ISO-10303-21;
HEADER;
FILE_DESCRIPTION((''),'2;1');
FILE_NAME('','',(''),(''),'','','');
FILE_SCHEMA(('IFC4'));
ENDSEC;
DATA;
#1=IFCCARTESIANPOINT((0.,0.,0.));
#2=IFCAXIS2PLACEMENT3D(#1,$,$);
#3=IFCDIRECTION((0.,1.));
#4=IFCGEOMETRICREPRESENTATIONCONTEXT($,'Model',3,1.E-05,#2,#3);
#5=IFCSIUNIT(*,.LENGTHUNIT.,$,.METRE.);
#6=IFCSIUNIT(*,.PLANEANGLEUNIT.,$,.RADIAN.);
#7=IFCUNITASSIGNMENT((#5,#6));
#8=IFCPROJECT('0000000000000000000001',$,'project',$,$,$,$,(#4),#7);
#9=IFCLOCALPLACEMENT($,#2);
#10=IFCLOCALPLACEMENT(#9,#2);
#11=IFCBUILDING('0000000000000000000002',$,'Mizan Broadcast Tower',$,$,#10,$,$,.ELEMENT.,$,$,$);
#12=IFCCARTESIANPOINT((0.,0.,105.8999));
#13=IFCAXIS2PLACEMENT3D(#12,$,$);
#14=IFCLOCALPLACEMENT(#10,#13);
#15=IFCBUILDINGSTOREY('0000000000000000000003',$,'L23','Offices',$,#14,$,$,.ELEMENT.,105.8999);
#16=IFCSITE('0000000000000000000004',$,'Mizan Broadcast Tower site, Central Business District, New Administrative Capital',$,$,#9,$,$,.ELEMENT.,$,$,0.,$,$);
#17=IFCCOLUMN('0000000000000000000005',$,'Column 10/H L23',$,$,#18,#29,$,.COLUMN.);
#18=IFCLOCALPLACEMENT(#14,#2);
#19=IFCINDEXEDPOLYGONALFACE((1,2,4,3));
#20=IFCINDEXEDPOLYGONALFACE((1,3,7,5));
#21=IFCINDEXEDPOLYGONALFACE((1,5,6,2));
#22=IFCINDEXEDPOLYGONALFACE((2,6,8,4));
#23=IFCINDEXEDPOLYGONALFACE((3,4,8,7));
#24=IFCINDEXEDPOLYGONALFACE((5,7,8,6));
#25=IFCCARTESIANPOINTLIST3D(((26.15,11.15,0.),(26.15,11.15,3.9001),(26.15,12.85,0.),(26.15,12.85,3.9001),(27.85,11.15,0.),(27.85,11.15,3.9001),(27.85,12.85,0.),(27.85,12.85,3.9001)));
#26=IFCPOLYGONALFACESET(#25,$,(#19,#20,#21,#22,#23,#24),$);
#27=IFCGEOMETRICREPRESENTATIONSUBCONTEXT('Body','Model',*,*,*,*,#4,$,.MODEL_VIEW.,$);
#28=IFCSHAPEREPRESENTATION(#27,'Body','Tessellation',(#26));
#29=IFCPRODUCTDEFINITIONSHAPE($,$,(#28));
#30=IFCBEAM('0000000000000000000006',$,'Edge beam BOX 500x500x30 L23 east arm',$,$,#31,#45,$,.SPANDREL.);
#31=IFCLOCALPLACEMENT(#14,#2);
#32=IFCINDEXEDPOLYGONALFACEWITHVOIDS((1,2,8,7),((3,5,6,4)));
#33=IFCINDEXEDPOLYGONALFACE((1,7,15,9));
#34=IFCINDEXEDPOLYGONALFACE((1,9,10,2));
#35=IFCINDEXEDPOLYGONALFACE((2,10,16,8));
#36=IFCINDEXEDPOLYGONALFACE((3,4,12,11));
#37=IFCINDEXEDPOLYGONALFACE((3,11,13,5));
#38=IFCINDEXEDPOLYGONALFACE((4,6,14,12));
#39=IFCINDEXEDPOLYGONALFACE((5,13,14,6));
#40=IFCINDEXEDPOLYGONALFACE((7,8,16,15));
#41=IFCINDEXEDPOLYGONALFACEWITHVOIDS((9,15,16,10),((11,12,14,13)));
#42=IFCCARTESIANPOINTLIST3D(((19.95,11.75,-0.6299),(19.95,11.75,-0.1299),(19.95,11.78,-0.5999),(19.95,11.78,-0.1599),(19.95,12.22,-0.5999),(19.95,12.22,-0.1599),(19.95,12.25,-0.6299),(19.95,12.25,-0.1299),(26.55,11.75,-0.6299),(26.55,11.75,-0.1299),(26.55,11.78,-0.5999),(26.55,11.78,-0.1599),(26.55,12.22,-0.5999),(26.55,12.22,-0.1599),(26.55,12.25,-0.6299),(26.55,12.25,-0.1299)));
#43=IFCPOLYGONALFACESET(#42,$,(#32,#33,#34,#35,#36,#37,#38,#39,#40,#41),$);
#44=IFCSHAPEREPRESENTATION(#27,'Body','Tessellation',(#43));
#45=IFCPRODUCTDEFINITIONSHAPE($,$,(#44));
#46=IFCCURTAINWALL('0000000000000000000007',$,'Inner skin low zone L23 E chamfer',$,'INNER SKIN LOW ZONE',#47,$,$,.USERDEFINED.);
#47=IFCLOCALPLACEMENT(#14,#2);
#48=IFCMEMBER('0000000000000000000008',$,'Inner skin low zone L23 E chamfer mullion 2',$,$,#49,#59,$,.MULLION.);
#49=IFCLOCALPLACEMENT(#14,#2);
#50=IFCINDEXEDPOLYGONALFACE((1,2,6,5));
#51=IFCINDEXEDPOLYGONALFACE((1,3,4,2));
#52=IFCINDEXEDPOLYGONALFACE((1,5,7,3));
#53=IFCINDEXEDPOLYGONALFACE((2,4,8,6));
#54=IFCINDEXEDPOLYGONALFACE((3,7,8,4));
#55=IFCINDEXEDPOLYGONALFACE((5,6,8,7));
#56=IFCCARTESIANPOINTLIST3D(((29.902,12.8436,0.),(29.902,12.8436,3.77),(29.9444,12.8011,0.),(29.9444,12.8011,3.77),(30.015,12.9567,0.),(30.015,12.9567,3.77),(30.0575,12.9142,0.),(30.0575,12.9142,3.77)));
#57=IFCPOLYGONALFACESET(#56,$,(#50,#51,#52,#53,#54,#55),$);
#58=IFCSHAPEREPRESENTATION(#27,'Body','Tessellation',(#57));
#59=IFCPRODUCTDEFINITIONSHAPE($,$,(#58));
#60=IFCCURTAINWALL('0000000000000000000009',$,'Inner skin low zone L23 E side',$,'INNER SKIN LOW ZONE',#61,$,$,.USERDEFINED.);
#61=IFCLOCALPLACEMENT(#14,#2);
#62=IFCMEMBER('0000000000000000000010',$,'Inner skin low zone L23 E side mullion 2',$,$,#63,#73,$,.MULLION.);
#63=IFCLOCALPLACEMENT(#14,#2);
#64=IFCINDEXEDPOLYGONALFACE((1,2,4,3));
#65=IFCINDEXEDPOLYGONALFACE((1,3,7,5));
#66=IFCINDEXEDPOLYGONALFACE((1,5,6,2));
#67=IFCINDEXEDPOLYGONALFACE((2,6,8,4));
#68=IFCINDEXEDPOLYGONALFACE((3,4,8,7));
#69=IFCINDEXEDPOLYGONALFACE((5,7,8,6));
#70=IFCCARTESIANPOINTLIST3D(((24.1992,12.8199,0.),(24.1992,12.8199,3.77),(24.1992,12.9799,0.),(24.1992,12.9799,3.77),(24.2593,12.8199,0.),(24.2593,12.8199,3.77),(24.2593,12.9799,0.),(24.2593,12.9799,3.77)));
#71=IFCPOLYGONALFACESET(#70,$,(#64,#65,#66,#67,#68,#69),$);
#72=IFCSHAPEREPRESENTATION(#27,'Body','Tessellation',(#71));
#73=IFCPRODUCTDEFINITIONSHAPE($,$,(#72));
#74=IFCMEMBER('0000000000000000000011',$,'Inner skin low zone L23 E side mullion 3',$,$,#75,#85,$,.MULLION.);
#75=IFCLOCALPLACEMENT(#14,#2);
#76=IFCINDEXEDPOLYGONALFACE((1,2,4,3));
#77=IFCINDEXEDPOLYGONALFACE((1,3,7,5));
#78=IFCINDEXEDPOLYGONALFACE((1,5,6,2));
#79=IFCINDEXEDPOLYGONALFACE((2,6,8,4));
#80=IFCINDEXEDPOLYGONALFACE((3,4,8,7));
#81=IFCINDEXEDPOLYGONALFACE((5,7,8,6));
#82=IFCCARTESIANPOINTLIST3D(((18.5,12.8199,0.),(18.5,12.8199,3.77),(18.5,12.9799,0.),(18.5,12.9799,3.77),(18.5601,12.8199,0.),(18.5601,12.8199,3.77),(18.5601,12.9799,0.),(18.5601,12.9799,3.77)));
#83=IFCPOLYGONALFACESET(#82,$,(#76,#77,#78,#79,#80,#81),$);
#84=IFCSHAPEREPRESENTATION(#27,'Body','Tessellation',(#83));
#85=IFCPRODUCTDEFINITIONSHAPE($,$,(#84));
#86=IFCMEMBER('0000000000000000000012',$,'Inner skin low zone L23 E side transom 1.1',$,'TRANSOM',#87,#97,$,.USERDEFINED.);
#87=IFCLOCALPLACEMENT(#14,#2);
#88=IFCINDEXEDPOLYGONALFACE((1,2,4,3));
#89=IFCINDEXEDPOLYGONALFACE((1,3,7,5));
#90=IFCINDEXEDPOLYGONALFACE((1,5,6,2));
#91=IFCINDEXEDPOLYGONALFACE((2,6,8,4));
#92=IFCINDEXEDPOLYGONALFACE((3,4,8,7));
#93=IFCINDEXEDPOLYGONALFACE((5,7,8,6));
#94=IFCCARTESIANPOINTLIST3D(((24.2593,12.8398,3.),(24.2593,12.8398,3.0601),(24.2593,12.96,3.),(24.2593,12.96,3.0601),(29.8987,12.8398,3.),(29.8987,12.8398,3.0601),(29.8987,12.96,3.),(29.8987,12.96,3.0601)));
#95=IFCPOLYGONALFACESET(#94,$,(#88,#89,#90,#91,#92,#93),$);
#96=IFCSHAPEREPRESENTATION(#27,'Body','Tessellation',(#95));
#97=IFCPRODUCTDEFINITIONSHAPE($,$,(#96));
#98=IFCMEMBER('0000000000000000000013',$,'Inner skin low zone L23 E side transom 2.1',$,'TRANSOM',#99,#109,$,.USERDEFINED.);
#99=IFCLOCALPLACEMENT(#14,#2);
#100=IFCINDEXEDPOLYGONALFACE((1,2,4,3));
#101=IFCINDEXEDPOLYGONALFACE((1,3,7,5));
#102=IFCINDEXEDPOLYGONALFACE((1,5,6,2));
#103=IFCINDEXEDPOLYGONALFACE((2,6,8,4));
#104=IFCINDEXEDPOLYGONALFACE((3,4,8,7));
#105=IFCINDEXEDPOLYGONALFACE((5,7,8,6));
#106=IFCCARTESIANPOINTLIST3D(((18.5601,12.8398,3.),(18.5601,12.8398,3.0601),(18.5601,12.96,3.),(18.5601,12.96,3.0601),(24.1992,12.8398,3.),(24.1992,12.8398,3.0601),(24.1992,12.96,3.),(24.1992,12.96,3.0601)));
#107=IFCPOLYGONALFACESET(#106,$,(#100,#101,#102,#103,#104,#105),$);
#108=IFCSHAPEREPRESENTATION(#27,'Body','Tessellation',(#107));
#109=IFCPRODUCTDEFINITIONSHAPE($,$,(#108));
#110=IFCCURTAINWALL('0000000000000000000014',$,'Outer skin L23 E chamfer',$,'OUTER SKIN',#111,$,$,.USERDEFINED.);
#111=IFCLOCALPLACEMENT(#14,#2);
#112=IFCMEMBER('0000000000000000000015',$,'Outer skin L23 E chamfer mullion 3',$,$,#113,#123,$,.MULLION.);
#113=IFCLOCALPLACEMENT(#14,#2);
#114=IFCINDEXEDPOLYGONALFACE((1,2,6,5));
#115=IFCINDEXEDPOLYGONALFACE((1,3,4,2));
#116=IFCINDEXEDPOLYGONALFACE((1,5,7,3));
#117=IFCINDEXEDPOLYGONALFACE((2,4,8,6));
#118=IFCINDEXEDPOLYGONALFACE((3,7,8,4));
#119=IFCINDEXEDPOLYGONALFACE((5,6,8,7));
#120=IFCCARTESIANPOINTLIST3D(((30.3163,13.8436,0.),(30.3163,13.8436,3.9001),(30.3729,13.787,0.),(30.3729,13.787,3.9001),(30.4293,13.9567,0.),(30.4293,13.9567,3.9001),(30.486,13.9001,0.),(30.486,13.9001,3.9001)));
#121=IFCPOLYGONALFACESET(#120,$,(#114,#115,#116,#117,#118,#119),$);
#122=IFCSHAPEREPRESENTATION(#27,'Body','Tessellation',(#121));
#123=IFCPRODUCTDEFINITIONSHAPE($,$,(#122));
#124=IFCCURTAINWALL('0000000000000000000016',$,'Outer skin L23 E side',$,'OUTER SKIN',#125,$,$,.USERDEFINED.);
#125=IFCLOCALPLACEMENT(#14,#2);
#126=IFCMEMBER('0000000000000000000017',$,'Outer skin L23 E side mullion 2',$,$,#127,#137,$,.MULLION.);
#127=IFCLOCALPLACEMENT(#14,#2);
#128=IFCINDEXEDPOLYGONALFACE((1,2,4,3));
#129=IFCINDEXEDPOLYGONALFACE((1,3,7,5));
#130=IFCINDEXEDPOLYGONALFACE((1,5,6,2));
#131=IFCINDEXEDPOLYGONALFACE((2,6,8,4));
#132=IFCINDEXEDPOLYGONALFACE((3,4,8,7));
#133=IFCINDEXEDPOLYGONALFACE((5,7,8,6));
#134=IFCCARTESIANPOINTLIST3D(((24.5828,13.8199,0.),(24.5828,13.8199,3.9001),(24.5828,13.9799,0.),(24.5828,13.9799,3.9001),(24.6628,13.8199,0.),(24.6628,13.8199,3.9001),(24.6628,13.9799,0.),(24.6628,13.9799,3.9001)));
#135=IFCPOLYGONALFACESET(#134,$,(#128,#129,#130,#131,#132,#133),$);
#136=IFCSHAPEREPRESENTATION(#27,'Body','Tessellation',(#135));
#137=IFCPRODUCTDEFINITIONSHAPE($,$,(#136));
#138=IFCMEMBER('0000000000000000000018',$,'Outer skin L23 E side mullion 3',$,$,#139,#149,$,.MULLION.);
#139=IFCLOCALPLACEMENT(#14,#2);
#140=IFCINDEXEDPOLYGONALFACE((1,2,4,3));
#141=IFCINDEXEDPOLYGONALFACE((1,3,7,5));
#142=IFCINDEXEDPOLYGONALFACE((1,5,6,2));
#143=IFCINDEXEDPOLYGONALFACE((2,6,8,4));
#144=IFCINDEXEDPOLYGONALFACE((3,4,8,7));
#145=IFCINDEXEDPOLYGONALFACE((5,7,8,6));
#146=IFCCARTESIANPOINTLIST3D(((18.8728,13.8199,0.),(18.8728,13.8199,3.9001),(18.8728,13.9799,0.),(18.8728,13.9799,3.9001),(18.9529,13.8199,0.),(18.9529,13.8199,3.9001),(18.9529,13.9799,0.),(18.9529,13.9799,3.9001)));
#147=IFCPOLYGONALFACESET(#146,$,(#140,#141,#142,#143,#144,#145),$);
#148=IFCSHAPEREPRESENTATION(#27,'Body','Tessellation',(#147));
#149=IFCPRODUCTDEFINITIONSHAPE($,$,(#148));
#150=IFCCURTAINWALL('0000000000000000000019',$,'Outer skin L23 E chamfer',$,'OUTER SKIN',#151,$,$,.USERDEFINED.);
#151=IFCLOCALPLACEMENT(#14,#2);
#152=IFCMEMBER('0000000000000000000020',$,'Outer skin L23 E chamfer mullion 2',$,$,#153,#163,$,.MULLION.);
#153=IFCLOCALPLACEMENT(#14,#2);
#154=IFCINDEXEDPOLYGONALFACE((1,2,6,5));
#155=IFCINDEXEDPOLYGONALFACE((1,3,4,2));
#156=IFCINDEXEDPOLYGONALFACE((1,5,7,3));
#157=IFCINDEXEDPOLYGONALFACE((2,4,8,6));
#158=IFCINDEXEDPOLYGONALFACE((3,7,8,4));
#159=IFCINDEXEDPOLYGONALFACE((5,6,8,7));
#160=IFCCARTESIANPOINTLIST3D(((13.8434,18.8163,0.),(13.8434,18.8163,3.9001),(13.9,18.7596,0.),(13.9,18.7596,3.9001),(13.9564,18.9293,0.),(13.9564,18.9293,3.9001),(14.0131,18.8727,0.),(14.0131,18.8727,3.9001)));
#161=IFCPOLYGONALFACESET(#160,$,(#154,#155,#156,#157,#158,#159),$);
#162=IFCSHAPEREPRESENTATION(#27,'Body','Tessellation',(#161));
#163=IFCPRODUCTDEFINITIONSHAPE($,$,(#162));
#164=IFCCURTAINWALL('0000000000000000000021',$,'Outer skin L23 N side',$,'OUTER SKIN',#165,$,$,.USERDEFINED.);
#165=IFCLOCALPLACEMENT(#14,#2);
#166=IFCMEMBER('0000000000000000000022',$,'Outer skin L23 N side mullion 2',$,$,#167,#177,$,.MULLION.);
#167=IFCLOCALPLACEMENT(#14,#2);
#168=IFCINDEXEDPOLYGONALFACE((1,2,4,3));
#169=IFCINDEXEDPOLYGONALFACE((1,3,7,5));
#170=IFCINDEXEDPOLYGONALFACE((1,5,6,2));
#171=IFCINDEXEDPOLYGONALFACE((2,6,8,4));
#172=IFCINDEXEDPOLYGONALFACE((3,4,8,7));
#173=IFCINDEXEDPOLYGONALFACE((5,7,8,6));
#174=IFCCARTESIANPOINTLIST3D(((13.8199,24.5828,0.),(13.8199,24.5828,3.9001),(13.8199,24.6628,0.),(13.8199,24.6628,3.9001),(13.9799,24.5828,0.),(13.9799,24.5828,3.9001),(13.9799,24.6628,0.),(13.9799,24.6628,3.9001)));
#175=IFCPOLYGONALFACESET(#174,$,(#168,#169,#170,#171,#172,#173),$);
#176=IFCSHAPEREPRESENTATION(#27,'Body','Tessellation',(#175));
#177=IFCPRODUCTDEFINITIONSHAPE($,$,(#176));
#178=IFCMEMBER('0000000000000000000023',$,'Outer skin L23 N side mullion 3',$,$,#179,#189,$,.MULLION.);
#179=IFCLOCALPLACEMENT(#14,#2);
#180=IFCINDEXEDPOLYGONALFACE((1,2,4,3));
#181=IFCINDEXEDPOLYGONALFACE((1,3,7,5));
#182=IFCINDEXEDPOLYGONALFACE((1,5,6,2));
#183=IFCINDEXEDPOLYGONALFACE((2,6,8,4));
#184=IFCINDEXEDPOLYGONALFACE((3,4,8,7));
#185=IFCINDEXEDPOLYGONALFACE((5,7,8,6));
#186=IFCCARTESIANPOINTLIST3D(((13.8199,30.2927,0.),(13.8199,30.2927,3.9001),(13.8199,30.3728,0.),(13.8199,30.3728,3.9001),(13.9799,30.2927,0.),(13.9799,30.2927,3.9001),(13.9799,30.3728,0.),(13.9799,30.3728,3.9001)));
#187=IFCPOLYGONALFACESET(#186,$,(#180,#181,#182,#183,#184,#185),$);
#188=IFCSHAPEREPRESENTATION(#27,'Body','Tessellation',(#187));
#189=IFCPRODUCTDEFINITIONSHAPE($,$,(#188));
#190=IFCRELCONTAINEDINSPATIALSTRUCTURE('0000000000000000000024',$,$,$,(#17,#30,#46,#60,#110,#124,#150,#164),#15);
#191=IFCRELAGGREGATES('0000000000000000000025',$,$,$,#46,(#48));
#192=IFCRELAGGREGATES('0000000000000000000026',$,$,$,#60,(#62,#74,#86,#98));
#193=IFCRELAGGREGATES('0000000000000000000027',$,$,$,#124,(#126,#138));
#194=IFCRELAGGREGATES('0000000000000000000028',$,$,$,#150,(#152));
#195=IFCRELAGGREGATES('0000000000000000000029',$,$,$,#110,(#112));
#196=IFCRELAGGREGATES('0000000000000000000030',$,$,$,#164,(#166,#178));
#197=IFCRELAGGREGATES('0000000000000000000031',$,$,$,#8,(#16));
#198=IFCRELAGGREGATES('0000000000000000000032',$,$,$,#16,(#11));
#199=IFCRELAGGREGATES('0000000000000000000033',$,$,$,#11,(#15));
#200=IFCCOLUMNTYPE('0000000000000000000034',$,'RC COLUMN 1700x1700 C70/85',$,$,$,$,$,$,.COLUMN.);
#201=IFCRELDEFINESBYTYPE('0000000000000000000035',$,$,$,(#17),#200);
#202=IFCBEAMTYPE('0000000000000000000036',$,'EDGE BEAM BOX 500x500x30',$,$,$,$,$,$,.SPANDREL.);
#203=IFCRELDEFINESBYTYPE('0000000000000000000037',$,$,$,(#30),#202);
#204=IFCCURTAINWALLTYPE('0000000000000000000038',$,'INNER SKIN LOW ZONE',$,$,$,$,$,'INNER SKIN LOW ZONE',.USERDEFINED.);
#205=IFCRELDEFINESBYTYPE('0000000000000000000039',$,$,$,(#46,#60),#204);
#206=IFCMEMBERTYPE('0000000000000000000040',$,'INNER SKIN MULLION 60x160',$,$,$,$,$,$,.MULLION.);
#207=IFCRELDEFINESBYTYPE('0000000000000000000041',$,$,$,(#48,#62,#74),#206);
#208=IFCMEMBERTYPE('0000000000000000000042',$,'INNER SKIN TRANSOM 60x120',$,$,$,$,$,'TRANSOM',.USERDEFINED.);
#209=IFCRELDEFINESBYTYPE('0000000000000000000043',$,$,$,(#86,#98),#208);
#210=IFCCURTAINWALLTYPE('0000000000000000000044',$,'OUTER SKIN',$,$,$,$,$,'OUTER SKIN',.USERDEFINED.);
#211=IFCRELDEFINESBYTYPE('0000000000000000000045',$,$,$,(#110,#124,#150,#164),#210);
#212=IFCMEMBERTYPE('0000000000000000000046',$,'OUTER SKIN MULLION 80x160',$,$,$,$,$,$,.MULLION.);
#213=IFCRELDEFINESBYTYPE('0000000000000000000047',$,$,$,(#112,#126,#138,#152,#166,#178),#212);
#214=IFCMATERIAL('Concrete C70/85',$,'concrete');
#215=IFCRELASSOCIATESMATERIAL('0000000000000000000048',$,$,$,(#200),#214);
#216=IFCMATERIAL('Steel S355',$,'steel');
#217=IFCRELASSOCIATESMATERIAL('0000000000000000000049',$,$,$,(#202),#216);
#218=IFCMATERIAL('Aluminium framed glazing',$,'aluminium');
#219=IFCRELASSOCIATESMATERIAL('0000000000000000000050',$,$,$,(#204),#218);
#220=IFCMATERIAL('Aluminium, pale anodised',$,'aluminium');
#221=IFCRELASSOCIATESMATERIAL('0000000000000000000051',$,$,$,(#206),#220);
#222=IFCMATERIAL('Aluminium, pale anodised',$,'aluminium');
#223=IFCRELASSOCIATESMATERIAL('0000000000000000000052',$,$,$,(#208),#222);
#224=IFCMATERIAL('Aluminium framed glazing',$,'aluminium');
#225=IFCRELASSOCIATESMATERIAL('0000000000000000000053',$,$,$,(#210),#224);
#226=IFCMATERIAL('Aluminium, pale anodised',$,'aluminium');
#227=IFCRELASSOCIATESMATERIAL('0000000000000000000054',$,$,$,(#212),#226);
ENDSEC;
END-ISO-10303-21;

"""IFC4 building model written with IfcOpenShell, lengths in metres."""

from ifc_helpers import new_model, si_unit, direction, frame, origin, origin_2d, place, context, subcontext, project, spatial, rectangle, hollow_rectangle, extrude, material, material_profile, profile_set, type_object, element, aggregate, save


model = new_model("IFC4")

# Units and contexts
model_context = context("Model", 3, precision=1e-05, world=origin(), true_north=direction((0.0, 1.0)))
body_context = subcontext(model_context, "Body", "Model", "MODEL_VIEW")
ifc_project = project(units=[si_unit("LENGTHUNIT", "METRE"), si_unit("PLANEANGLEUNIT", "RADIAN")], contexts=[model_context])

# Site, building, storey
site_placement = place(None, origin())
site = spatial("IfcSite", under=ifc_project, at=site_placement, Name="Mizan Broadcast Tower site, Central Business District, New Administrative Capital", CompositionType="ELEMENT", RefElevation=0.0)
building_placement = place(site_placement, origin())
building = spatial("IfcBuilding", under=site, at=building_placement, Name="Mizan Broadcast Tower", CompositionType="ELEMENT")
storey_placement = place(building_placement, frame((0.0, 0.0, 105.8999)))
storey = spatial("IfcBuildingStorey", under=building, at=storey_placement, Name="L23", Description="Offices", CompositionType="ELEMENT", Elevation=105.8999)

# Column
ifc_material_1 = material(Name="Concrete C70/85", Category="concrete")
ifc_material_profile_1 = material_profile(ifc_material_1, rectangle(XDim=1.7, YDim=1.7, at=origin_2d()), Name="RC 1700x1700")
ifc_profile_set_1 = profile_set([ifc_material_profile_1], Name="Concrete C70/85")
column_type = type_object("IfcColumnType", Name="RC COLUMN 1700x1700 C70/85", PredefinedType="COLUMN", material=ifc_profile_set_1)
column_placement = place(storey_placement, frame((27.0, 12.0, 0.0), z_axis=(0.0, 0.0, 1.0), x_axis=(1.0, 0.0, 0.0)))
element("IfcColumn", 1, at=column_placement, inside=storey, type_object=column_type, Name="Column 10/H L23", PredefinedType="COLUMN", context=body_context, shape_type="SweptSolid", body=[
    extrude(rectangle(XDim=1.7, YDim=1.7, at=origin_2d()), origin(), (0.0, 0.0, 1.0), 3.9001),
])

# Beam
ifc_material_2 = material(Name="Steel S355", Category="steel")
ifc_material_profile_2 = material_profile(ifc_material_2, hollow_rectangle(XDim=0.5, YDim=0.5, WallThickness=0.03, at=origin_2d()), Name="BOX 500x500x30")
ifc_profile_set_2 = profile_set([ifc_material_profile_2], Name="Steel S355")
beam_type_1 = type_object("IfcBeamType", Name="EDGE BEAM BOX 500x500x30", PredefinedType="SPANDREL", material=ifc_profile_set_2)
beam_1_placement = place(storey_placement, frame((19.95, 12.0, -0.3799), z_axis=(1.0, 0.0, 0.0), x_axis=(0.0, 1.0, 0.0)))
element("IfcBeam", 2, at=beam_1_placement, inside=storey, type_object=beam_type_1, Name="Edge beam BOX 500x500x30 L23 east arm", PredefinedType="SPANDREL", context=body_context, shape_type="SweptSolid", body=[
    extrude(hollow_rectangle(XDim=0.5, YDim=0.5, WallThickness=0.03, at=origin_2d()), origin(), (0.0, 0.0, 1.0), 6.6001),
])

# Curtain wall, member
ifc_material_3 = material(Name="Aluminium framed glazing", Category="aluminium")
curtain_wall_type_1 = type_object("IfcCurtainWallType", Name="INNER SKIN LOW ZONE", ElementType="INNER SKIN LOW ZONE", PredefinedType="USERDEFINED", material=ifc_material_3)
curtain_wall_1_placement = place(storey_placement, origin())
curtain_wall_1 = element("IfcCurtainWall", 3, at=curtain_wall_1_placement, inside=storey, type_object=curtain_wall_type_1, Name="Inner skin low zone L23 E chamfer", ObjectType="INNER SKIN LOW ZONE", PredefinedType="USERDEFINED")
ifc_material_4 = material(Name="Aluminium, pale anodised", Category="aluminium")
ifc_material_profile_3 = material_profile(ifc_material_4, rectangle(XDim=0.1599, YDim=0.0601, at=origin_2d()), Name="MULLION 160x60")
ifc_profile_set_3 = profile_set([ifc_material_profile_3], Name="Aluminium, pale anodised")
member_type_1 = type_object("IfcMemberType", Name="INNER SKIN MULLION 60x160", PredefinedType="MULLION", material=ifc_profile_set_3)
member_1_placement = place(storey_placement, frame((29.9797, 12.8789, 0.0), z_axis=(0.0, 0.0, 1.0), x_axis=(-0.707107, -0.707107, 0.0)))
member_1 = element("IfcMember", 4, at=member_1_placement, type_object=member_type_1, Name="Inner skin low zone L23 E chamfer mullion 2", PredefinedType="MULLION", context=body_context, shape_type="SweptSolid", body=[
    extrude(rectangle(XDim=0.1599, YDim=0.0601, at=origin_2d()), origin(), (0.0, 0.0, 1.0), 3.77),
])
aggregate(curtain_wall_1, [member_1])

# Curtain wall, members
curtain_wall_2_placement = place(storey_placement, origin())
curtain_wall_2 = element("IfcCurtainWall", 5, at=curtain_wall_2_placement, inside=storey, type_object=curtain_wall_type_1, Name="Inner skin low zone L23 E side", ObjectType="INNER SKIN LOW ZONE", PredefinedType="USERDEFINED")
member_2_placement = place(storey_placement, frame((24.2292, 12.8999, 0.0), z_axis=(0.0, 0.0, 1.0), x_axis=(0.0, -1.0, 0.0)))
member_2 = element("IfcMember", 6, at=member_2_placement, type_object=member_type_1, Name="Inner skin low zone L23 E side mullion 2", PredefinedType="MULLION", context=body_context, shape_type="SweptSolid", body=[
    extrude(rectangle(XDim=0.1599, YDim=0.0601, at=origin_2d()), origin(), (0.0, 0.0, 1.0), 3.77),
])
member_3_placement = place(storey_placement, frame((18.53, 12.8999, 0.0), z_axis=(0.0, 0.0, 1.0), x_axis=(0.0, -1.0, 0.0)))
member_3 = element("IfcMember", 7, at=member_3_placement, type_object=member_type_1, Name="Inner skin low zone L23 E side mullion 3", PredefinedType="MULLION", context=body_context, shape_type="SweptSolid", body=[
    extrude(rectangle(XDim=0.1599, YDim=0.0601, at=origin_2d()), origin(), (0.0, 0.0, 1.0), 3.77),
])
ifc_material_5 = material(Name="Aluminium, pale anodised", Category="aluminium")
ifc_material_profile_4 = material_profile(ifc_material_5, rectangle(XDim=0.1201, YDim=0.0601, at=origin_2d()), Name="TRANSOM 120x60")
ifc_profile_set_4 = profile_set([ifc_material_profile_4], Name="Aluminium, pale anodised")
member_type_2 = type_object("IfcMemberType", Name="INNER SKIN TRANSOM 60x120", ElementType="TRANSOM", PredefinedType="USERDEFINED", material=ifc_profile_set_4)
member_4_placement = place(storey_placement, frame((29.8987, 12.8999, 3.03), z_axis=(-1.0, 0.0, 0.0), x_axis=(0.0, -1.0, 0.0)))
member_4 = element("IfcMember", 8, at=member_4_placement, type_object=member_type_2, Name="Inner skin low zone L23 E side transom 1.1", ObjectType="TRANSOM", PredefinedType="USERDEFINED", context=body_context, shape_type="SweptSolid", body=[
    extrude(rectangle(XDim=0.1201, YDim=0.0601, at=origin_2d()), origin(), (0.0, 0.0, 1.0), 5.6394),
])
member_5_placement = place(storey_placement, frame((24.1992, 12.8999, 3.03), z_axis=(-1.0, 0.0, 0.0), x_axis=(0.0, -1.0, 0.0)))
member_5 = element("IfcMember", 9, at=member_5_placement, type_object=member_type_2, Name="Inner skin low zone L23 E side transom 2.1", ObjectType="TRANSOM", PredefinedType="USERDEFINED", context=body_context, shape_type="SweptSolid", body=[
    extrude(rectangle(XDim=0.1201, YDim=0.0601, at=origin_2d()), origin(), (0.0, 0.0, 1.0), 5.6392),
])

# Curtain wall, member
ifc_material_6 = material(Name="Aluminium framed glazing", Category="aluminium")
curtain_wall_type_2 = type_object("IfcCurtainWallType", Name="OUTER SKIN", ElementType="OUTER SKIN", PredefinedType="USERDEFINED", material=ifc_material_6)
curtain_wall_3_placement = place(storey_placement, origin())
curtain_wall_3 = element("IfcCurtainWall", 10, at=curtain_wall_3_placement, inside=storey, type_object=curtain_wall_type_2, Name="Outer skin L23 E chamfer", ObjectType="OUTER SKIN", PredefinedType="USERDEFINED")
ifc_material_7 = material(Name="Aluminium, pale anodised", Category="aluminium")
ifc_material_profile_5 = material_profile(ifc_material_7, rectangle(XDim=0.1599, YDim=0.0801, at=origin_2d()), Name="MULLION 160x80")
ifc_profile_set_5 = profile_set([ifc_material_profile_5], Name="Aluminium, pale anodised")
member_type_3 = type_object("IfcMemberType", Name="OUTER SKIN MULLION 80x160", PredefinedType="MULLION", material=ifc_profile_set_5)
member_6_placement = place(storey_placement, frame((30.4011, 13.8718, 0.0), z_axis=(0.0, 0.0, 1.0), x_axis=(-0.707107, -0.707107, 0.0)))
member_6 = element("IfcMember", 11, at=member_6_placement, type_object=member_type_3, Name="Outer skin L23 E chamfer mullion 3", PredefinedType="MULLION", context=body_context, shape_type="SweptSolid", body=[
    extrude(rectangle(XDim=0.1599, YDim=0.0801, at=origin_2d()), origin(), (0.0, 0.0, 1.0), 3.9001),
])

# Curtain wall, members
curtain_wall_4_placement = place(storey_placement, origin())
curtain_wall_4 = element("IfcCurtainWall", 12, at=curtain_wall_4_placement, inside=storey, type_object=curtain_wall_type_2, Name="Outer skin L23 E side", ObjectType="OUTER SKIN", PredefinedType="USERDEFINED")
member_7_placement = place(storey_placement, frame((24.6228, 13.8999, 0.0), z_axis=(0.0, 0.0, 1.0), x_axis=(0.0, -1.0, 0.0)))
member_7 = element("IfcMember", 13, at=member_7_placement, type_object=member_type_3, Name="Outer skin L23 E side mullion 2", PredefinedType="MULLION", context=body_context, shape_type="SweptSolid", body=[
    extrude(rectangle(XDim=0.1599, YDim=0.0801, at=origin_2d()), origin(), (0.0, 0.0, 1.0), 3.9001),
])
member_8_placement = place(storey_placement, frame((18.9128, 13.8999, 0.0), z_axis=(0.0, 0.0, 1.0), x_axis=(0.0, -1.0, 0.0)))
member_8 = element("IfcMember", 14, at=member_8_placement, type_object=member_type_3, Name="Outer skin L23 E side mullion 3", PredefinedType="MULLION", context=body_context, shape_type="SweptSolid", body=[
    extrude(rectangle(XDim=0.1599, YDim=0.0801, at=origin_2d()), origin(), (0.0, 0.0, 1.0), 3.9001),
])

# Curtain wall, member
curtain_wall_5_placement = place(storey_placement, origin())
curtain_wall_5 = element("IfcCurtainWall", 15, at=curtain_wall_5_placement, inside=storey, type_object=curtain_wall_type_2, Name="Outer skin L23 E chamfer", ObjectType="OUTER SKIN", PredefinedType="USERDEFINED")
member_9_placement = place(storey_placement, frame((13.9282, 18.8445, 0.0), z_axis=(0.0, 0.0, 1.0), x_axis=(-0.707107, -0.707107, 0.0)))
member_9 = element("IfcMember", 16, at=member_9_placement, type_object=member_type_3, Name="Outer skin L23 E chamfer mullion 2", PredefinedType="MULLION", context=body_context, shape_type="SweptSolid", body=[
    extrude(rectangle(XDim=0.1599, YDim=0.0801, at=origin_2d()), origin(), (0.0, 0.0, 1.0), 3.9001),
])

# Curtain wall, members
curtain_wall_6_placement = place(storey_placement, origin())
curtain_wall_6 = element("IfcCurtainWall", 17, at=curtain_wall_6_placement, inside=storey, type_object=curtain_wall_type_2, Name="Outer skin L23 N side", ObjectType="OUTER SKIN", PredefinedType="USERDEFINED")
member_10_placement = place(storey_placement, frame((13.8999, 24.6228, 0.0), z_axis=(0.0, 0.0, 1.0), x_axis=(-1.0, 0.0, 0.0)))
member_10 = element("IfcMember", 18, at=member_10_placement, type_object=member_type_3, Name="Outer skin L23 N side mullion 2", PredefinedType="MULLION", context=body_context, shape_type="SweptSolid", body=[
    extrude(rectangle(XDim=0.1599, YDim=0.0801, at=origin_2d()), origin(), (0.0, 0.0, 1.0), 3.9001),
])
member_11_placement = place(storey_placement, frame((13.8999, 30.3328, 0.0), z_axis=(0.0, 0.0, 1.0), x_axis=(-1.0, 0.0, 0.0)))
member_11 = element("IfcMember", 19, at=member_11_placement, type_object=member_type_3, Name="Outer skin L23 N side mullion 3", PredefinedType="MULLION", context=body_context, shape_type="SweptSolid", body=[
    extrude(rectangle(XDim=0.1599, YDim=0.0801, at=origin_2d()), origin(), (0.0, 0.0, 1.0), 3.9001),
])

aggregate(curtain_wall_2, [member_2, member_3, member_4, member_5])
aggregate(curtain_wall_4, [member_7, member_8])
aggregate(curtain_wall_5, [member_9])
aggregate(curtain_wall_3, [member_6])
aggregate(curtain_wall_6, [member_10, member_11])

save(model, "model.ifc")
